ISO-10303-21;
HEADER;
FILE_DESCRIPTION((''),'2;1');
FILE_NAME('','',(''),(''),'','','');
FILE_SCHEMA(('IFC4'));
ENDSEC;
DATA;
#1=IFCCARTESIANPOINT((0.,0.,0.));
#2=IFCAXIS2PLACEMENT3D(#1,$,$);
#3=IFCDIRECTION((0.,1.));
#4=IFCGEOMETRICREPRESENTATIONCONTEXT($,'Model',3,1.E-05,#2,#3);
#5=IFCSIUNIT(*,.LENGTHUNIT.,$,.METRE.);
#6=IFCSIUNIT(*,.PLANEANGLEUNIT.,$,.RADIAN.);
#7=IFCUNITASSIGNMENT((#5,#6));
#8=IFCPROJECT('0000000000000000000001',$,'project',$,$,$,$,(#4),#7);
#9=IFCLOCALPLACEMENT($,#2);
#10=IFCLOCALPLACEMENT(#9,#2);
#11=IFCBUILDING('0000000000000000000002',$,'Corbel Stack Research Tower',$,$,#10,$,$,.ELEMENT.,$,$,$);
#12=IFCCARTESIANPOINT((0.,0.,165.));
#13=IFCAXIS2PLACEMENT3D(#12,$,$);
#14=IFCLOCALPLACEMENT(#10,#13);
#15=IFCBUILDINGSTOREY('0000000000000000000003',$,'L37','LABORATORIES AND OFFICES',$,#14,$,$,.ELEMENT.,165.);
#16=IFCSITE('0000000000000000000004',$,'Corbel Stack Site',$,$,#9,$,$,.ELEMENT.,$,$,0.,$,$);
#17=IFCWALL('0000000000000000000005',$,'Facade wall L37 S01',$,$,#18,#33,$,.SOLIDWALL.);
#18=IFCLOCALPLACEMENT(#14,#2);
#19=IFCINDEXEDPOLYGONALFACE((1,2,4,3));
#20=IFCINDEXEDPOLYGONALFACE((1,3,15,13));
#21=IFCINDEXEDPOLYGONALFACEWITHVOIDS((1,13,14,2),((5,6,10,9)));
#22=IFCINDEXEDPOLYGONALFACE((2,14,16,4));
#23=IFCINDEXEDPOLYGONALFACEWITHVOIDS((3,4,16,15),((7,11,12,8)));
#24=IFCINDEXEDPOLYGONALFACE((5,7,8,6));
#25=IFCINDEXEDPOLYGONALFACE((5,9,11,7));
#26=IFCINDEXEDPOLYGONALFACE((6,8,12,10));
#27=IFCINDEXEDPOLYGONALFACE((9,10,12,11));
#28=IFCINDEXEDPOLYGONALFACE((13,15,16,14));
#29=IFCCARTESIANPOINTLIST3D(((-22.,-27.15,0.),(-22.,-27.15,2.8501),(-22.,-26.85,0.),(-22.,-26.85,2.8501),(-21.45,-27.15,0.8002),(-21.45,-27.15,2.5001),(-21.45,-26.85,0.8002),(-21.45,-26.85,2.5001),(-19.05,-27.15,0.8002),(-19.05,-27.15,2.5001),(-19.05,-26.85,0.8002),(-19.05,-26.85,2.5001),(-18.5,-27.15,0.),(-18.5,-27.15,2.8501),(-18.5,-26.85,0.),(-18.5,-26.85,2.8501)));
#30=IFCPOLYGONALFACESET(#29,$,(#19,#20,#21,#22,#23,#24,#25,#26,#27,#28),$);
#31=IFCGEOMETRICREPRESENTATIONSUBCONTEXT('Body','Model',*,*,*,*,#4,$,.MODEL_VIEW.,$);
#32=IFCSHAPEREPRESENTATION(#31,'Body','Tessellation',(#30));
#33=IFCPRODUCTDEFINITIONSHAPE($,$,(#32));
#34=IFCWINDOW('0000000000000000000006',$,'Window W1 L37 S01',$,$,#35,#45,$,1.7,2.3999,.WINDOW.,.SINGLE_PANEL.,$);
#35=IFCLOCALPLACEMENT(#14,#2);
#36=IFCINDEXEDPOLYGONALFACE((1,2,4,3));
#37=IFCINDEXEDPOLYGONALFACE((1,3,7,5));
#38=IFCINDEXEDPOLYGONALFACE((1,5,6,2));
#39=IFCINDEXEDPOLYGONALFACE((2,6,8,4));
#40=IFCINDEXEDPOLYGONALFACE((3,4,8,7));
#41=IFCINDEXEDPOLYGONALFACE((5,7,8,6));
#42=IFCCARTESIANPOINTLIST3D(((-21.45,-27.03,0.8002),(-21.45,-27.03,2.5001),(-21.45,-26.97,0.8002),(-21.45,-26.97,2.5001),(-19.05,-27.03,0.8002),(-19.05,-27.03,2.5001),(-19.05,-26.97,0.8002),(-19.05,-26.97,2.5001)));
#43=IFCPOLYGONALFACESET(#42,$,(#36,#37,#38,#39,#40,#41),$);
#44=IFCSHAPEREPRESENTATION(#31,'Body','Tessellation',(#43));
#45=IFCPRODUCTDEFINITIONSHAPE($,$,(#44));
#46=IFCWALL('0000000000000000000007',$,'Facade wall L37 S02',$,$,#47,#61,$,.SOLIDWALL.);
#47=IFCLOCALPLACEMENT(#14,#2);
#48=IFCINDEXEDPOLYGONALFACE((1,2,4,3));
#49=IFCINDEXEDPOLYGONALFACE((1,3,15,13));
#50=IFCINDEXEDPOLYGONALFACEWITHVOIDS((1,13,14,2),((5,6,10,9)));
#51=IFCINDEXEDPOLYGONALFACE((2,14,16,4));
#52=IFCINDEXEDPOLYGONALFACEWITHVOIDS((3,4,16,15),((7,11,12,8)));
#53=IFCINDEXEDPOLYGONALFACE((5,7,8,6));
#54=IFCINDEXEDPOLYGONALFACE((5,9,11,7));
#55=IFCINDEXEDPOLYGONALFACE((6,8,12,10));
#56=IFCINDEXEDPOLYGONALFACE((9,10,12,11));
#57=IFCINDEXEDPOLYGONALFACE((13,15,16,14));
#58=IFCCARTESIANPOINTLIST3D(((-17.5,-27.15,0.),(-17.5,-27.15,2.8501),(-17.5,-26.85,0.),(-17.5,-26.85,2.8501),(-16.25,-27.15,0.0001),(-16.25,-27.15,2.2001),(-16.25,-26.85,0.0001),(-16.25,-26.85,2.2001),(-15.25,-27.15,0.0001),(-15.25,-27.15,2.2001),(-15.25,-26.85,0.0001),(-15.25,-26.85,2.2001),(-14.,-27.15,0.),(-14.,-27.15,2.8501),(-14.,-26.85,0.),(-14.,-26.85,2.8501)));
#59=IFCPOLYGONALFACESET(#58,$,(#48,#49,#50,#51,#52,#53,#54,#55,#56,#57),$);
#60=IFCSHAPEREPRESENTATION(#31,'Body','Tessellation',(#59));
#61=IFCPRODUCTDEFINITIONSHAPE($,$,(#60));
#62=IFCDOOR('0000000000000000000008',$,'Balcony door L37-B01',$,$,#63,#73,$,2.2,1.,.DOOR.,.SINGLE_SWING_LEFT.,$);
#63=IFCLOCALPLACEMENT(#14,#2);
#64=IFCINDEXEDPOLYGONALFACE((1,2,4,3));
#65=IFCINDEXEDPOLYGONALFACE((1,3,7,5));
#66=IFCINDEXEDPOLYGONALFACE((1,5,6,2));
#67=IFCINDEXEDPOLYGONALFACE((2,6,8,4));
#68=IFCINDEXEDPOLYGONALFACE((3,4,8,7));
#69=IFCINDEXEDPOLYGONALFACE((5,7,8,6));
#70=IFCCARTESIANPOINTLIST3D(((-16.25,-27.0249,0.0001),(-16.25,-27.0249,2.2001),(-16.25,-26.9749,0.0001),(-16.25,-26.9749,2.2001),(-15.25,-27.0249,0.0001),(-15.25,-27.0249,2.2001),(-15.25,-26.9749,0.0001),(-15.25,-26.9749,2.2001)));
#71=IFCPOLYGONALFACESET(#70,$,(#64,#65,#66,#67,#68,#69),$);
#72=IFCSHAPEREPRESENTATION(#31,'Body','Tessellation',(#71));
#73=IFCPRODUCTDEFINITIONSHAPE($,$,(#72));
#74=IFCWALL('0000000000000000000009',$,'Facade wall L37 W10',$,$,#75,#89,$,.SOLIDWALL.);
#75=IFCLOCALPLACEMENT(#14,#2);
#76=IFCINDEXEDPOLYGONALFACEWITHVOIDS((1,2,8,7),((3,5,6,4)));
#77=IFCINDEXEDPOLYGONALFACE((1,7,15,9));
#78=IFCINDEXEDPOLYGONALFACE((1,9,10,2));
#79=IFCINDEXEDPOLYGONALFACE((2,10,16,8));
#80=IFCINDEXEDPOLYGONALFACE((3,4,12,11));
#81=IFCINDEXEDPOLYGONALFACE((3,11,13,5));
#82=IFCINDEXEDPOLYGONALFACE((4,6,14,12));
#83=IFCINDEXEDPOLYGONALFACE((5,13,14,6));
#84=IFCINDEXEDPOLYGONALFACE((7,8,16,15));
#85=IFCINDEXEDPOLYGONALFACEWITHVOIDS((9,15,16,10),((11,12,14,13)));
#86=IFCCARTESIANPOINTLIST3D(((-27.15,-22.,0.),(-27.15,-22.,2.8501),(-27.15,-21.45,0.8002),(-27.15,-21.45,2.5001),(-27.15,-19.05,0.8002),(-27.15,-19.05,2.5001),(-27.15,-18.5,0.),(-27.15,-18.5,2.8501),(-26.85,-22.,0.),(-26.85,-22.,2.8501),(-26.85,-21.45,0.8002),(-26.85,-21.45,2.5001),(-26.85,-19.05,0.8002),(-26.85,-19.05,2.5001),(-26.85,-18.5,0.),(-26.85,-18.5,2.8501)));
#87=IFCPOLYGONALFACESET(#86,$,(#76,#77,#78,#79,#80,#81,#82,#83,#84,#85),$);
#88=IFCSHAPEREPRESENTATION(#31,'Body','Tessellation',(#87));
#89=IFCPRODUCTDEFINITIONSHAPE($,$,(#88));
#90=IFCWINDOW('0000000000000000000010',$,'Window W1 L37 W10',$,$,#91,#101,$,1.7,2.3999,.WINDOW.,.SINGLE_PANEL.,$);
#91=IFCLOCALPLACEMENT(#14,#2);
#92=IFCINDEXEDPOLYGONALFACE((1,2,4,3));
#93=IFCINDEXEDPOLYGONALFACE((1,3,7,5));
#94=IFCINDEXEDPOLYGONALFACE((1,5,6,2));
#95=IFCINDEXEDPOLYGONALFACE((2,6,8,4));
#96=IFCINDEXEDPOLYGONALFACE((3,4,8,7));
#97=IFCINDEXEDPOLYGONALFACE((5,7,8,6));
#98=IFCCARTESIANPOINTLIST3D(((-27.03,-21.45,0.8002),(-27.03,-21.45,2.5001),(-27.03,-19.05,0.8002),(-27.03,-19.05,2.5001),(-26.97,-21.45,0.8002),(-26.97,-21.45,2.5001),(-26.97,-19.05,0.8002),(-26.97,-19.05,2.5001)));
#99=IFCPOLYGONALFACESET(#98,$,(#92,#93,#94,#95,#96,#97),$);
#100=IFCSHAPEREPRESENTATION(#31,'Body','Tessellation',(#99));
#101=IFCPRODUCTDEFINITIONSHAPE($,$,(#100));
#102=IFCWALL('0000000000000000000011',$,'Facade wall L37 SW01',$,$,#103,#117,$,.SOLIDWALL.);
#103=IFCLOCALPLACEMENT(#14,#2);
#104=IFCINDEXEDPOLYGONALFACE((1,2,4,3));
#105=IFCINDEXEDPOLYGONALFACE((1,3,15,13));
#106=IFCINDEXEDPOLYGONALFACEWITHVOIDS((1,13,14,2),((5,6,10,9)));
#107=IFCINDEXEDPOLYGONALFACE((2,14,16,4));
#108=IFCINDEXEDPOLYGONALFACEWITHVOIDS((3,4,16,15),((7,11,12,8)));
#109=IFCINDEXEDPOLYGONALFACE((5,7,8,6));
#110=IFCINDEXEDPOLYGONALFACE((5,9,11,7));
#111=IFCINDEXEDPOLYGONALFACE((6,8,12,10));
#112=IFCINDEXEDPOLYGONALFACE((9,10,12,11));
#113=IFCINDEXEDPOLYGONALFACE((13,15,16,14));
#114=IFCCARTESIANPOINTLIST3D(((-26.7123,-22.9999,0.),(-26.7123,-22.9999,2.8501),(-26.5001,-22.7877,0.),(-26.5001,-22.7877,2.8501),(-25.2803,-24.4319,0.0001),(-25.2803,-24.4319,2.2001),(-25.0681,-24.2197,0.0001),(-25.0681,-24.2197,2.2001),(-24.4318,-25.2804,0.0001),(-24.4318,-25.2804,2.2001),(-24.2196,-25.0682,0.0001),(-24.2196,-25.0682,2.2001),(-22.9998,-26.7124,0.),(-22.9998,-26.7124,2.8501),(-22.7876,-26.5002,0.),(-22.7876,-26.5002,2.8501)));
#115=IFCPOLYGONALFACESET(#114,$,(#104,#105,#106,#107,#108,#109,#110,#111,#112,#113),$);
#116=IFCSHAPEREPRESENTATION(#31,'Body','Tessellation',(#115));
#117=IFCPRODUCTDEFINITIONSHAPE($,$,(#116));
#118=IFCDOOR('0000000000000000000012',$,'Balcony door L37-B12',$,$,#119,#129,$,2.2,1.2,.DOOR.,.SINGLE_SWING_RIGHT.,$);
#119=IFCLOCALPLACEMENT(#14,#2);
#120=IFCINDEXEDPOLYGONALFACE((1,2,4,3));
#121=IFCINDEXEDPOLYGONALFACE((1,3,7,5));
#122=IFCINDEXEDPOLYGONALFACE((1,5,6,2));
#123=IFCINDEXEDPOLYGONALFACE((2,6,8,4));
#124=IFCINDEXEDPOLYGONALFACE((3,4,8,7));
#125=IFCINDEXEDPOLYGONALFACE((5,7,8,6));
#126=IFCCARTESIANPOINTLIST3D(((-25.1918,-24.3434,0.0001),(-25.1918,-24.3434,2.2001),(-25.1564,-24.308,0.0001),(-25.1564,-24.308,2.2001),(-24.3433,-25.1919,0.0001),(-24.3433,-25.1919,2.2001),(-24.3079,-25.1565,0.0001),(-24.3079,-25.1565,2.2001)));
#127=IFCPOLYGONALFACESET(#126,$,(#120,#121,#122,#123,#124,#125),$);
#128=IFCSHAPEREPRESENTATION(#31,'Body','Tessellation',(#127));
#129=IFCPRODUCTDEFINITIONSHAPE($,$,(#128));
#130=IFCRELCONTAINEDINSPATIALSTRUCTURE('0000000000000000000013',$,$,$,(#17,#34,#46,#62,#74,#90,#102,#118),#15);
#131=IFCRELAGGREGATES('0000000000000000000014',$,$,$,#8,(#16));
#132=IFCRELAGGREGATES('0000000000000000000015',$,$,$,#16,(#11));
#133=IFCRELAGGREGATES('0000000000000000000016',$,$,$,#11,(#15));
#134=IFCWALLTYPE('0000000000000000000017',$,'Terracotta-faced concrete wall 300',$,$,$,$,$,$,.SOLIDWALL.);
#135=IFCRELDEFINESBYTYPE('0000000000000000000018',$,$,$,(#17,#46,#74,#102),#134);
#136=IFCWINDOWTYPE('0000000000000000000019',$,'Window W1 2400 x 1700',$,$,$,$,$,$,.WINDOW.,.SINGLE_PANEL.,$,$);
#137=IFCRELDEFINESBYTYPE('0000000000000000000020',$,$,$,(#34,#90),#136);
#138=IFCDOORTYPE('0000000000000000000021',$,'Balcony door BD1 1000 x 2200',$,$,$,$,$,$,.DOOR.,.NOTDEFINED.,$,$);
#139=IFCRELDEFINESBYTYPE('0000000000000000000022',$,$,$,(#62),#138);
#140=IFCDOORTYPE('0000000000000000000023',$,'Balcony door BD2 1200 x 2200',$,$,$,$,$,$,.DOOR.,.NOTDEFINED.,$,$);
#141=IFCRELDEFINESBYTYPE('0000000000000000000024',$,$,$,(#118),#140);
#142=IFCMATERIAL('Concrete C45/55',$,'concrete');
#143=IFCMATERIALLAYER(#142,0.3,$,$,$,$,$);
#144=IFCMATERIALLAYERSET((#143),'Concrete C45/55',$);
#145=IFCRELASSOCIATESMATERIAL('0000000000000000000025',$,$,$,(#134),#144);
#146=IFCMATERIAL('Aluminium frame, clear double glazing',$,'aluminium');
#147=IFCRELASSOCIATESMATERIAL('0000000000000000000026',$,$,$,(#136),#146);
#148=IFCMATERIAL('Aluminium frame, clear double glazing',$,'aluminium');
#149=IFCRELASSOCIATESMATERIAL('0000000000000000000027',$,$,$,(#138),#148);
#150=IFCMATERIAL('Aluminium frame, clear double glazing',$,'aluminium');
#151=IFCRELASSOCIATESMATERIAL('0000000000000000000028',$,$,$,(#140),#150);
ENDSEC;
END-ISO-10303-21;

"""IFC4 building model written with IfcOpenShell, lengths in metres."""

from ifc_helpers import new_model, si_unit, direction, frame, frame_2d, origin, place, context, subcontext, project, spatial, rectangle, extrude, material, layer, layer_set, type_object, element, fill, save


model = new_model("IFC4")

# Units and contexts
model_context = context("Model", 3, precision=1e-05, world=origin(), true_north=direction((0.0, 1.0)))
body_context = subcontext(model_context, "Body", "Model", "MODEL_VIEW")
ifc_project = project(units=[si_unit("LENGTHUNIT", "METRE"), si_unit("PLANEANGLEUNIT", "RADIAN")], contexts=[model_context])

# Site, building, storey
site_placement = place(None, origin())
site = spatial("IfcSite", under=ifc_project, at=site_placement, Name="Corbel Stack Site", CompositionType="ELEMENT", RefElevation=0.0)
building_placement = place(site_placement, origin())
building = spatial("IfcBuilding", under=site, at=building_placement, Name="Corbel Stack Research Tower", CompositionType="ELEMENT")
storey_placement = place(building_placement, frame((0.0, 0.0, 165.0)))
storey = spatial("IfcBuildingStorey", under=building, at=storey_placement, Name="L37", Description="LABORATORIES AND OFFICES", CompositionType="ELEMENT", Elevation=165.0)

# Wall, opening, window
ifc_material_1 = material(Name="Concrete C45/55", Category="concrete")
ifc_layer_1 = layer(ifc_material_1, 0.3)
ifc_layer_set_1 = layer_set([ifc_layer_1], Name="Concrete C45/55")
wall_type_1 = type_object("IfcWallType", Name="Terracotta-faced concrete wall 300", PredefinedType="SOLIDWALL", material=ifc_layer_set_1)
wall_1_placement = place(storey_placement, frame((-18.5, -27.0, 0.0), z_axis=(0.0, 0.0, 1.0), x_axis=(-1.0, 0.0, 0.0)))
wall_1 = element("IfcWall", 1, at=wall_1_placement, inside=storey, type_object=wall_type_1, Name="Facade wall L37 S01", PredefinedType="SOLIDWALL", context=body_context, shape_type="SweptSolid", body=[
    extrude(rectangle(XDim=3.5, YDim=0.3, at=frame_2d((1.75, 0.0))), origin(), (0.0, 0.0, 1.0), 2.8501),
])
opening_1_placement = place(wall_1_placement, frame((0.55, 0.0, 0.8)))
opening_1 = element("IfcOpeningElement", 2, at=opening_1_placement, cuts=wall_1, PredefinedType="OPENING", context=body_context, shape_type="SweptSolid", body=[
    extrude(rectangle(XDim=2.3999, YDim=1.7, at=frame_2d((1.2, 0.8501))), frame((0.0, 0.1599, 0.0), z_axis=(0.0, -1.0, 0.0), x_axis=(1.0, 0.0, 0.0)), (0.0, 0.0, 1.0), 0.3201),
])
ifc_material_2 = material(Name="Aluminium frame, clear double glazing", Category="aluminium")
window_type = type_object("IfcWindowType", Name="Window W1 2400 x 1700", PartitioningType="SINGLE_PANEL", PredefinedType="WINDOW", material=ifc_material_2)
window_1_placement = place(opening_1_placement, origin())
window_1 = element("IfcWindow", 3, at=window_1_placement, inside=storey, type_object=window_type, Name="Window W1 L37 S01", OverallHeight=1.7, OverallWidth=2.3999, PartitioningType="SINGLE_PANEL", PredefinedType="WINDOW", context=body_context, shape_type="SweptSolid", body=[
    extrude(rectangle(XDim=2.3999, YDim=1.7, at=frame_2d((1.2, 0.8501))), frame((0.0, 0.03, 0.0), z_axis=(0.0, -1.0, 0.0), x_axis=(1.0, 0.0, 0.0)), (0.0, 0.0, 1.0), 0.0601),
])
fill(opening_1, window_1)

# Wall, opening, door
wall_2_placement = place(storey_placement, frame((-14.0, -27.0, 0.0), z_axis=(0.0, 0.0, 1.0), x_axis=(-1.0, 0.0, 0.0)))
wall_2 = element("IfcWall", 4, at=wall_2_placement, inside=storey, type_object=wall_type_1, Name="Facade wall L37 S02", PredefinedType="SOLIDWALL", context=body_context, shape_type="SweptSolid", body=[
    extrude(rectangle(XDim=3.5, YDim=0.3, at=frame_2d((1.75, 0.0))), origin(), (0.0, 0.0, 1.0), 2.8501),
])
opening_2_placement = place(wall_2_placement, frame((1.25, 0.0, 0.0)))
opening_2 = element("IfcOpeningElement", 5, at=opening_2_placement, cuts=wall_2, PredefinedType="OPENING", context=body_context, shape_type="SweptSolid", body=[
    extrude(rectangle(XDim=1.0, YDim=2.2, at=frame_2d((0.5, 1.1001))), frame((0.0, 0.1599, 0.0), z_axis=(0.0, -1.0, 0.0), x_axis=(1.0, 0.0, 0.0)), (0.0, 0.0, 1.0), 0.3201),
])
ifc_material_3 = material(Name="Aluminium frame, clear double glazing", Category="aluminium")
door_type_1 = type_object("IfcDoorType", Name="Balcony door BD1 1000 x 2200", OperationType="NOTDEFINED", PredefinedType="DOOR", material=ifc_material_3)
door_1_placement = place(opening_2_placement, origin())
door_1 = element("IfcDoor", 6, at=door_1_placement, inside=storey, type_object=door_type_1, Name="Balcony door L37-B01", OperationType="SINGLE_SWING_LEFT", OverallHeight=2.2, OverallWidth=1.0, PredefinedType="DOOR", context=body_context, shape_type="SweptSolid", body=[
    extrude(rectangle(XDim=1.0, YDim=2.2, at=frame_2d((0.5, 1.1001))), frame((0.0, 0.0249, 0.0), z_axis=(0.0, -1.0, 0.0), x_axis=(1.0, 0.0, 0.0)), (0.0, 0.0, 1.0), 0.05),
])
fill(opening_2, door_1)

# Wall, opening, window
wall_3_placement = place(storey_placement, frame((-27.0, -22.0, 0.0), z_axis=(0.0, 0.0, 1.0), x_axis=(0.0, 1.0, 0.0)))
wall_3 = element("IfcWall", 7, at=wall_3_placement, inside=storey, type_object=wall_type_1, Name="Facade wall L37 W10", PredefinedType="SOLIDWALL", context=body_context, shape_type="SweptSolid", body=[
    extrude(rectangle(XDim=3.5, YDim=0.3, at=frame_2d((1.75, 0.0))), origin(), (0.0, 0.0, 1.0), 2.8501),
])
opening_3_placement = place(wall_3_placement, frame((0.55, 0.0, 0.8)))
opening_3 = element("IfcOpeningElement", 8, at=opening_3_placement, cuts=wall_3, PredefinedType="OPENING", context=body_context, shape_type="SweptSolid", body=[
    extrude(rectangle(XDim=2.3999, YDim=1.7, at=frame_2d((1.2, 0.8501))), frame((0.0, 0.1599, 0.0), z_axis=(0.0, -1.0, 0.0), x_axis=(1.0, 0.0, 0.0)), (0.0, 0.0, 1.0), 0.3201),
])
window_2_placement = place(opening_3_placement, origin())
window_2 = element("IfcWindow", 9, at=window_2_placement, inside=storey, type_object=window_type, Name="Window W1 L37 W10", OverallHeight=1.7, OverallWidth=2.3999, PartitioningType="SINGLE_PANEL", PredefinedType="WINDOW", context=body_context, shape_type="SweptSolid", body=[
    extrude(rectangle(XDim=2.3999, YDim=1.7, at=frame_2d((1.2, 0.8501))), frame((0.0, 0.03, 0.0), z_axis=(0.0, -1.0, 0.0), x_axis=(1.0, 0.0, 0.0)), (0.0, 0.0, 1.0), 0.0601),
])
fill(opening_3, window_2)

# Wall, opening, door
wall_4_placement = place(storey_placement, frame((-22.8938, -26.6062, 0.0), z_axis=(0.0, 0.0, 1.0), x_axis=(-0.707107, 0.707107, 0.0)))
wall_4 = element("IfcWall", 10, at=wall_4_placement, inside=storey, type_object=wall_type_1, Name="Facade wall L37 SW01", PredefinedType="SOLIDWALL", context=body_context, shape_type="SweptSolid", body=[
    extrude(rectangle(XDim=5.2502, YDim=0.3, at=frame_2d((2.625, 0.0))), origin(), (0.0, 0.0, 1.0), 2.8501),
])
opening_4_placement = place(wall_4_placement, frame((2.0249, 0.0, 0.0)))
opening_4 = element("IfcOpeningElement", 11, at=opening_4_placement, cuts=wall_4, PredefinedType="OPENING", context=body_context, shape_type="SweptSolid", body=[
    extrude(rectangle(XDim=1.2, YDim=2.2, at=frame_2d((0.6001, 1.1001))), frame((0.0, 0.1599, 0.0), z_axis=(0.0, -1.0, 0.0), x_axis=(1.0, 0.0, 0.0)), (0.0, 0.0, 1.0), 0.3201),
])
ifc_material_4 = material(Name="Aluminium frame, clear double glazing", Category="aluminium")
door_type_2 = type_object("IfcDoorType", Name="Balcony door BD2 1200 x 2200", OperationType="NOTDEFINED", PredefinedType="DOOR", material=ifc_material_4)
door_2_placement = place(opening_4_placement, origin())
door_2 = element("IfcDoor", 12, at=door_2_placement, inside=storey, type_object=door_type_2, Name="Balcony door L37-B12", OperationType="SINGLE_SWING_RIGHT", OverallHeight=2.2, OverallWidth=1.2, PredefinedType="DOOR", context=body_context, shape_type="SweptSolid", body=[
    extrude(rectangle(XDim=1.2, YDim=2.2, at=frame_2d((0.6001, 1.1001))), frame((0.0, 0.0249, 0.0), z_axis=(0.0, -1.0, 0.0), x_axis=(1.0, 0.0, 0.0)), (0.0, 0.0, 1.0), 0.05),
])
fill(opening_4, door_2)

save(model, "model.ifc")
